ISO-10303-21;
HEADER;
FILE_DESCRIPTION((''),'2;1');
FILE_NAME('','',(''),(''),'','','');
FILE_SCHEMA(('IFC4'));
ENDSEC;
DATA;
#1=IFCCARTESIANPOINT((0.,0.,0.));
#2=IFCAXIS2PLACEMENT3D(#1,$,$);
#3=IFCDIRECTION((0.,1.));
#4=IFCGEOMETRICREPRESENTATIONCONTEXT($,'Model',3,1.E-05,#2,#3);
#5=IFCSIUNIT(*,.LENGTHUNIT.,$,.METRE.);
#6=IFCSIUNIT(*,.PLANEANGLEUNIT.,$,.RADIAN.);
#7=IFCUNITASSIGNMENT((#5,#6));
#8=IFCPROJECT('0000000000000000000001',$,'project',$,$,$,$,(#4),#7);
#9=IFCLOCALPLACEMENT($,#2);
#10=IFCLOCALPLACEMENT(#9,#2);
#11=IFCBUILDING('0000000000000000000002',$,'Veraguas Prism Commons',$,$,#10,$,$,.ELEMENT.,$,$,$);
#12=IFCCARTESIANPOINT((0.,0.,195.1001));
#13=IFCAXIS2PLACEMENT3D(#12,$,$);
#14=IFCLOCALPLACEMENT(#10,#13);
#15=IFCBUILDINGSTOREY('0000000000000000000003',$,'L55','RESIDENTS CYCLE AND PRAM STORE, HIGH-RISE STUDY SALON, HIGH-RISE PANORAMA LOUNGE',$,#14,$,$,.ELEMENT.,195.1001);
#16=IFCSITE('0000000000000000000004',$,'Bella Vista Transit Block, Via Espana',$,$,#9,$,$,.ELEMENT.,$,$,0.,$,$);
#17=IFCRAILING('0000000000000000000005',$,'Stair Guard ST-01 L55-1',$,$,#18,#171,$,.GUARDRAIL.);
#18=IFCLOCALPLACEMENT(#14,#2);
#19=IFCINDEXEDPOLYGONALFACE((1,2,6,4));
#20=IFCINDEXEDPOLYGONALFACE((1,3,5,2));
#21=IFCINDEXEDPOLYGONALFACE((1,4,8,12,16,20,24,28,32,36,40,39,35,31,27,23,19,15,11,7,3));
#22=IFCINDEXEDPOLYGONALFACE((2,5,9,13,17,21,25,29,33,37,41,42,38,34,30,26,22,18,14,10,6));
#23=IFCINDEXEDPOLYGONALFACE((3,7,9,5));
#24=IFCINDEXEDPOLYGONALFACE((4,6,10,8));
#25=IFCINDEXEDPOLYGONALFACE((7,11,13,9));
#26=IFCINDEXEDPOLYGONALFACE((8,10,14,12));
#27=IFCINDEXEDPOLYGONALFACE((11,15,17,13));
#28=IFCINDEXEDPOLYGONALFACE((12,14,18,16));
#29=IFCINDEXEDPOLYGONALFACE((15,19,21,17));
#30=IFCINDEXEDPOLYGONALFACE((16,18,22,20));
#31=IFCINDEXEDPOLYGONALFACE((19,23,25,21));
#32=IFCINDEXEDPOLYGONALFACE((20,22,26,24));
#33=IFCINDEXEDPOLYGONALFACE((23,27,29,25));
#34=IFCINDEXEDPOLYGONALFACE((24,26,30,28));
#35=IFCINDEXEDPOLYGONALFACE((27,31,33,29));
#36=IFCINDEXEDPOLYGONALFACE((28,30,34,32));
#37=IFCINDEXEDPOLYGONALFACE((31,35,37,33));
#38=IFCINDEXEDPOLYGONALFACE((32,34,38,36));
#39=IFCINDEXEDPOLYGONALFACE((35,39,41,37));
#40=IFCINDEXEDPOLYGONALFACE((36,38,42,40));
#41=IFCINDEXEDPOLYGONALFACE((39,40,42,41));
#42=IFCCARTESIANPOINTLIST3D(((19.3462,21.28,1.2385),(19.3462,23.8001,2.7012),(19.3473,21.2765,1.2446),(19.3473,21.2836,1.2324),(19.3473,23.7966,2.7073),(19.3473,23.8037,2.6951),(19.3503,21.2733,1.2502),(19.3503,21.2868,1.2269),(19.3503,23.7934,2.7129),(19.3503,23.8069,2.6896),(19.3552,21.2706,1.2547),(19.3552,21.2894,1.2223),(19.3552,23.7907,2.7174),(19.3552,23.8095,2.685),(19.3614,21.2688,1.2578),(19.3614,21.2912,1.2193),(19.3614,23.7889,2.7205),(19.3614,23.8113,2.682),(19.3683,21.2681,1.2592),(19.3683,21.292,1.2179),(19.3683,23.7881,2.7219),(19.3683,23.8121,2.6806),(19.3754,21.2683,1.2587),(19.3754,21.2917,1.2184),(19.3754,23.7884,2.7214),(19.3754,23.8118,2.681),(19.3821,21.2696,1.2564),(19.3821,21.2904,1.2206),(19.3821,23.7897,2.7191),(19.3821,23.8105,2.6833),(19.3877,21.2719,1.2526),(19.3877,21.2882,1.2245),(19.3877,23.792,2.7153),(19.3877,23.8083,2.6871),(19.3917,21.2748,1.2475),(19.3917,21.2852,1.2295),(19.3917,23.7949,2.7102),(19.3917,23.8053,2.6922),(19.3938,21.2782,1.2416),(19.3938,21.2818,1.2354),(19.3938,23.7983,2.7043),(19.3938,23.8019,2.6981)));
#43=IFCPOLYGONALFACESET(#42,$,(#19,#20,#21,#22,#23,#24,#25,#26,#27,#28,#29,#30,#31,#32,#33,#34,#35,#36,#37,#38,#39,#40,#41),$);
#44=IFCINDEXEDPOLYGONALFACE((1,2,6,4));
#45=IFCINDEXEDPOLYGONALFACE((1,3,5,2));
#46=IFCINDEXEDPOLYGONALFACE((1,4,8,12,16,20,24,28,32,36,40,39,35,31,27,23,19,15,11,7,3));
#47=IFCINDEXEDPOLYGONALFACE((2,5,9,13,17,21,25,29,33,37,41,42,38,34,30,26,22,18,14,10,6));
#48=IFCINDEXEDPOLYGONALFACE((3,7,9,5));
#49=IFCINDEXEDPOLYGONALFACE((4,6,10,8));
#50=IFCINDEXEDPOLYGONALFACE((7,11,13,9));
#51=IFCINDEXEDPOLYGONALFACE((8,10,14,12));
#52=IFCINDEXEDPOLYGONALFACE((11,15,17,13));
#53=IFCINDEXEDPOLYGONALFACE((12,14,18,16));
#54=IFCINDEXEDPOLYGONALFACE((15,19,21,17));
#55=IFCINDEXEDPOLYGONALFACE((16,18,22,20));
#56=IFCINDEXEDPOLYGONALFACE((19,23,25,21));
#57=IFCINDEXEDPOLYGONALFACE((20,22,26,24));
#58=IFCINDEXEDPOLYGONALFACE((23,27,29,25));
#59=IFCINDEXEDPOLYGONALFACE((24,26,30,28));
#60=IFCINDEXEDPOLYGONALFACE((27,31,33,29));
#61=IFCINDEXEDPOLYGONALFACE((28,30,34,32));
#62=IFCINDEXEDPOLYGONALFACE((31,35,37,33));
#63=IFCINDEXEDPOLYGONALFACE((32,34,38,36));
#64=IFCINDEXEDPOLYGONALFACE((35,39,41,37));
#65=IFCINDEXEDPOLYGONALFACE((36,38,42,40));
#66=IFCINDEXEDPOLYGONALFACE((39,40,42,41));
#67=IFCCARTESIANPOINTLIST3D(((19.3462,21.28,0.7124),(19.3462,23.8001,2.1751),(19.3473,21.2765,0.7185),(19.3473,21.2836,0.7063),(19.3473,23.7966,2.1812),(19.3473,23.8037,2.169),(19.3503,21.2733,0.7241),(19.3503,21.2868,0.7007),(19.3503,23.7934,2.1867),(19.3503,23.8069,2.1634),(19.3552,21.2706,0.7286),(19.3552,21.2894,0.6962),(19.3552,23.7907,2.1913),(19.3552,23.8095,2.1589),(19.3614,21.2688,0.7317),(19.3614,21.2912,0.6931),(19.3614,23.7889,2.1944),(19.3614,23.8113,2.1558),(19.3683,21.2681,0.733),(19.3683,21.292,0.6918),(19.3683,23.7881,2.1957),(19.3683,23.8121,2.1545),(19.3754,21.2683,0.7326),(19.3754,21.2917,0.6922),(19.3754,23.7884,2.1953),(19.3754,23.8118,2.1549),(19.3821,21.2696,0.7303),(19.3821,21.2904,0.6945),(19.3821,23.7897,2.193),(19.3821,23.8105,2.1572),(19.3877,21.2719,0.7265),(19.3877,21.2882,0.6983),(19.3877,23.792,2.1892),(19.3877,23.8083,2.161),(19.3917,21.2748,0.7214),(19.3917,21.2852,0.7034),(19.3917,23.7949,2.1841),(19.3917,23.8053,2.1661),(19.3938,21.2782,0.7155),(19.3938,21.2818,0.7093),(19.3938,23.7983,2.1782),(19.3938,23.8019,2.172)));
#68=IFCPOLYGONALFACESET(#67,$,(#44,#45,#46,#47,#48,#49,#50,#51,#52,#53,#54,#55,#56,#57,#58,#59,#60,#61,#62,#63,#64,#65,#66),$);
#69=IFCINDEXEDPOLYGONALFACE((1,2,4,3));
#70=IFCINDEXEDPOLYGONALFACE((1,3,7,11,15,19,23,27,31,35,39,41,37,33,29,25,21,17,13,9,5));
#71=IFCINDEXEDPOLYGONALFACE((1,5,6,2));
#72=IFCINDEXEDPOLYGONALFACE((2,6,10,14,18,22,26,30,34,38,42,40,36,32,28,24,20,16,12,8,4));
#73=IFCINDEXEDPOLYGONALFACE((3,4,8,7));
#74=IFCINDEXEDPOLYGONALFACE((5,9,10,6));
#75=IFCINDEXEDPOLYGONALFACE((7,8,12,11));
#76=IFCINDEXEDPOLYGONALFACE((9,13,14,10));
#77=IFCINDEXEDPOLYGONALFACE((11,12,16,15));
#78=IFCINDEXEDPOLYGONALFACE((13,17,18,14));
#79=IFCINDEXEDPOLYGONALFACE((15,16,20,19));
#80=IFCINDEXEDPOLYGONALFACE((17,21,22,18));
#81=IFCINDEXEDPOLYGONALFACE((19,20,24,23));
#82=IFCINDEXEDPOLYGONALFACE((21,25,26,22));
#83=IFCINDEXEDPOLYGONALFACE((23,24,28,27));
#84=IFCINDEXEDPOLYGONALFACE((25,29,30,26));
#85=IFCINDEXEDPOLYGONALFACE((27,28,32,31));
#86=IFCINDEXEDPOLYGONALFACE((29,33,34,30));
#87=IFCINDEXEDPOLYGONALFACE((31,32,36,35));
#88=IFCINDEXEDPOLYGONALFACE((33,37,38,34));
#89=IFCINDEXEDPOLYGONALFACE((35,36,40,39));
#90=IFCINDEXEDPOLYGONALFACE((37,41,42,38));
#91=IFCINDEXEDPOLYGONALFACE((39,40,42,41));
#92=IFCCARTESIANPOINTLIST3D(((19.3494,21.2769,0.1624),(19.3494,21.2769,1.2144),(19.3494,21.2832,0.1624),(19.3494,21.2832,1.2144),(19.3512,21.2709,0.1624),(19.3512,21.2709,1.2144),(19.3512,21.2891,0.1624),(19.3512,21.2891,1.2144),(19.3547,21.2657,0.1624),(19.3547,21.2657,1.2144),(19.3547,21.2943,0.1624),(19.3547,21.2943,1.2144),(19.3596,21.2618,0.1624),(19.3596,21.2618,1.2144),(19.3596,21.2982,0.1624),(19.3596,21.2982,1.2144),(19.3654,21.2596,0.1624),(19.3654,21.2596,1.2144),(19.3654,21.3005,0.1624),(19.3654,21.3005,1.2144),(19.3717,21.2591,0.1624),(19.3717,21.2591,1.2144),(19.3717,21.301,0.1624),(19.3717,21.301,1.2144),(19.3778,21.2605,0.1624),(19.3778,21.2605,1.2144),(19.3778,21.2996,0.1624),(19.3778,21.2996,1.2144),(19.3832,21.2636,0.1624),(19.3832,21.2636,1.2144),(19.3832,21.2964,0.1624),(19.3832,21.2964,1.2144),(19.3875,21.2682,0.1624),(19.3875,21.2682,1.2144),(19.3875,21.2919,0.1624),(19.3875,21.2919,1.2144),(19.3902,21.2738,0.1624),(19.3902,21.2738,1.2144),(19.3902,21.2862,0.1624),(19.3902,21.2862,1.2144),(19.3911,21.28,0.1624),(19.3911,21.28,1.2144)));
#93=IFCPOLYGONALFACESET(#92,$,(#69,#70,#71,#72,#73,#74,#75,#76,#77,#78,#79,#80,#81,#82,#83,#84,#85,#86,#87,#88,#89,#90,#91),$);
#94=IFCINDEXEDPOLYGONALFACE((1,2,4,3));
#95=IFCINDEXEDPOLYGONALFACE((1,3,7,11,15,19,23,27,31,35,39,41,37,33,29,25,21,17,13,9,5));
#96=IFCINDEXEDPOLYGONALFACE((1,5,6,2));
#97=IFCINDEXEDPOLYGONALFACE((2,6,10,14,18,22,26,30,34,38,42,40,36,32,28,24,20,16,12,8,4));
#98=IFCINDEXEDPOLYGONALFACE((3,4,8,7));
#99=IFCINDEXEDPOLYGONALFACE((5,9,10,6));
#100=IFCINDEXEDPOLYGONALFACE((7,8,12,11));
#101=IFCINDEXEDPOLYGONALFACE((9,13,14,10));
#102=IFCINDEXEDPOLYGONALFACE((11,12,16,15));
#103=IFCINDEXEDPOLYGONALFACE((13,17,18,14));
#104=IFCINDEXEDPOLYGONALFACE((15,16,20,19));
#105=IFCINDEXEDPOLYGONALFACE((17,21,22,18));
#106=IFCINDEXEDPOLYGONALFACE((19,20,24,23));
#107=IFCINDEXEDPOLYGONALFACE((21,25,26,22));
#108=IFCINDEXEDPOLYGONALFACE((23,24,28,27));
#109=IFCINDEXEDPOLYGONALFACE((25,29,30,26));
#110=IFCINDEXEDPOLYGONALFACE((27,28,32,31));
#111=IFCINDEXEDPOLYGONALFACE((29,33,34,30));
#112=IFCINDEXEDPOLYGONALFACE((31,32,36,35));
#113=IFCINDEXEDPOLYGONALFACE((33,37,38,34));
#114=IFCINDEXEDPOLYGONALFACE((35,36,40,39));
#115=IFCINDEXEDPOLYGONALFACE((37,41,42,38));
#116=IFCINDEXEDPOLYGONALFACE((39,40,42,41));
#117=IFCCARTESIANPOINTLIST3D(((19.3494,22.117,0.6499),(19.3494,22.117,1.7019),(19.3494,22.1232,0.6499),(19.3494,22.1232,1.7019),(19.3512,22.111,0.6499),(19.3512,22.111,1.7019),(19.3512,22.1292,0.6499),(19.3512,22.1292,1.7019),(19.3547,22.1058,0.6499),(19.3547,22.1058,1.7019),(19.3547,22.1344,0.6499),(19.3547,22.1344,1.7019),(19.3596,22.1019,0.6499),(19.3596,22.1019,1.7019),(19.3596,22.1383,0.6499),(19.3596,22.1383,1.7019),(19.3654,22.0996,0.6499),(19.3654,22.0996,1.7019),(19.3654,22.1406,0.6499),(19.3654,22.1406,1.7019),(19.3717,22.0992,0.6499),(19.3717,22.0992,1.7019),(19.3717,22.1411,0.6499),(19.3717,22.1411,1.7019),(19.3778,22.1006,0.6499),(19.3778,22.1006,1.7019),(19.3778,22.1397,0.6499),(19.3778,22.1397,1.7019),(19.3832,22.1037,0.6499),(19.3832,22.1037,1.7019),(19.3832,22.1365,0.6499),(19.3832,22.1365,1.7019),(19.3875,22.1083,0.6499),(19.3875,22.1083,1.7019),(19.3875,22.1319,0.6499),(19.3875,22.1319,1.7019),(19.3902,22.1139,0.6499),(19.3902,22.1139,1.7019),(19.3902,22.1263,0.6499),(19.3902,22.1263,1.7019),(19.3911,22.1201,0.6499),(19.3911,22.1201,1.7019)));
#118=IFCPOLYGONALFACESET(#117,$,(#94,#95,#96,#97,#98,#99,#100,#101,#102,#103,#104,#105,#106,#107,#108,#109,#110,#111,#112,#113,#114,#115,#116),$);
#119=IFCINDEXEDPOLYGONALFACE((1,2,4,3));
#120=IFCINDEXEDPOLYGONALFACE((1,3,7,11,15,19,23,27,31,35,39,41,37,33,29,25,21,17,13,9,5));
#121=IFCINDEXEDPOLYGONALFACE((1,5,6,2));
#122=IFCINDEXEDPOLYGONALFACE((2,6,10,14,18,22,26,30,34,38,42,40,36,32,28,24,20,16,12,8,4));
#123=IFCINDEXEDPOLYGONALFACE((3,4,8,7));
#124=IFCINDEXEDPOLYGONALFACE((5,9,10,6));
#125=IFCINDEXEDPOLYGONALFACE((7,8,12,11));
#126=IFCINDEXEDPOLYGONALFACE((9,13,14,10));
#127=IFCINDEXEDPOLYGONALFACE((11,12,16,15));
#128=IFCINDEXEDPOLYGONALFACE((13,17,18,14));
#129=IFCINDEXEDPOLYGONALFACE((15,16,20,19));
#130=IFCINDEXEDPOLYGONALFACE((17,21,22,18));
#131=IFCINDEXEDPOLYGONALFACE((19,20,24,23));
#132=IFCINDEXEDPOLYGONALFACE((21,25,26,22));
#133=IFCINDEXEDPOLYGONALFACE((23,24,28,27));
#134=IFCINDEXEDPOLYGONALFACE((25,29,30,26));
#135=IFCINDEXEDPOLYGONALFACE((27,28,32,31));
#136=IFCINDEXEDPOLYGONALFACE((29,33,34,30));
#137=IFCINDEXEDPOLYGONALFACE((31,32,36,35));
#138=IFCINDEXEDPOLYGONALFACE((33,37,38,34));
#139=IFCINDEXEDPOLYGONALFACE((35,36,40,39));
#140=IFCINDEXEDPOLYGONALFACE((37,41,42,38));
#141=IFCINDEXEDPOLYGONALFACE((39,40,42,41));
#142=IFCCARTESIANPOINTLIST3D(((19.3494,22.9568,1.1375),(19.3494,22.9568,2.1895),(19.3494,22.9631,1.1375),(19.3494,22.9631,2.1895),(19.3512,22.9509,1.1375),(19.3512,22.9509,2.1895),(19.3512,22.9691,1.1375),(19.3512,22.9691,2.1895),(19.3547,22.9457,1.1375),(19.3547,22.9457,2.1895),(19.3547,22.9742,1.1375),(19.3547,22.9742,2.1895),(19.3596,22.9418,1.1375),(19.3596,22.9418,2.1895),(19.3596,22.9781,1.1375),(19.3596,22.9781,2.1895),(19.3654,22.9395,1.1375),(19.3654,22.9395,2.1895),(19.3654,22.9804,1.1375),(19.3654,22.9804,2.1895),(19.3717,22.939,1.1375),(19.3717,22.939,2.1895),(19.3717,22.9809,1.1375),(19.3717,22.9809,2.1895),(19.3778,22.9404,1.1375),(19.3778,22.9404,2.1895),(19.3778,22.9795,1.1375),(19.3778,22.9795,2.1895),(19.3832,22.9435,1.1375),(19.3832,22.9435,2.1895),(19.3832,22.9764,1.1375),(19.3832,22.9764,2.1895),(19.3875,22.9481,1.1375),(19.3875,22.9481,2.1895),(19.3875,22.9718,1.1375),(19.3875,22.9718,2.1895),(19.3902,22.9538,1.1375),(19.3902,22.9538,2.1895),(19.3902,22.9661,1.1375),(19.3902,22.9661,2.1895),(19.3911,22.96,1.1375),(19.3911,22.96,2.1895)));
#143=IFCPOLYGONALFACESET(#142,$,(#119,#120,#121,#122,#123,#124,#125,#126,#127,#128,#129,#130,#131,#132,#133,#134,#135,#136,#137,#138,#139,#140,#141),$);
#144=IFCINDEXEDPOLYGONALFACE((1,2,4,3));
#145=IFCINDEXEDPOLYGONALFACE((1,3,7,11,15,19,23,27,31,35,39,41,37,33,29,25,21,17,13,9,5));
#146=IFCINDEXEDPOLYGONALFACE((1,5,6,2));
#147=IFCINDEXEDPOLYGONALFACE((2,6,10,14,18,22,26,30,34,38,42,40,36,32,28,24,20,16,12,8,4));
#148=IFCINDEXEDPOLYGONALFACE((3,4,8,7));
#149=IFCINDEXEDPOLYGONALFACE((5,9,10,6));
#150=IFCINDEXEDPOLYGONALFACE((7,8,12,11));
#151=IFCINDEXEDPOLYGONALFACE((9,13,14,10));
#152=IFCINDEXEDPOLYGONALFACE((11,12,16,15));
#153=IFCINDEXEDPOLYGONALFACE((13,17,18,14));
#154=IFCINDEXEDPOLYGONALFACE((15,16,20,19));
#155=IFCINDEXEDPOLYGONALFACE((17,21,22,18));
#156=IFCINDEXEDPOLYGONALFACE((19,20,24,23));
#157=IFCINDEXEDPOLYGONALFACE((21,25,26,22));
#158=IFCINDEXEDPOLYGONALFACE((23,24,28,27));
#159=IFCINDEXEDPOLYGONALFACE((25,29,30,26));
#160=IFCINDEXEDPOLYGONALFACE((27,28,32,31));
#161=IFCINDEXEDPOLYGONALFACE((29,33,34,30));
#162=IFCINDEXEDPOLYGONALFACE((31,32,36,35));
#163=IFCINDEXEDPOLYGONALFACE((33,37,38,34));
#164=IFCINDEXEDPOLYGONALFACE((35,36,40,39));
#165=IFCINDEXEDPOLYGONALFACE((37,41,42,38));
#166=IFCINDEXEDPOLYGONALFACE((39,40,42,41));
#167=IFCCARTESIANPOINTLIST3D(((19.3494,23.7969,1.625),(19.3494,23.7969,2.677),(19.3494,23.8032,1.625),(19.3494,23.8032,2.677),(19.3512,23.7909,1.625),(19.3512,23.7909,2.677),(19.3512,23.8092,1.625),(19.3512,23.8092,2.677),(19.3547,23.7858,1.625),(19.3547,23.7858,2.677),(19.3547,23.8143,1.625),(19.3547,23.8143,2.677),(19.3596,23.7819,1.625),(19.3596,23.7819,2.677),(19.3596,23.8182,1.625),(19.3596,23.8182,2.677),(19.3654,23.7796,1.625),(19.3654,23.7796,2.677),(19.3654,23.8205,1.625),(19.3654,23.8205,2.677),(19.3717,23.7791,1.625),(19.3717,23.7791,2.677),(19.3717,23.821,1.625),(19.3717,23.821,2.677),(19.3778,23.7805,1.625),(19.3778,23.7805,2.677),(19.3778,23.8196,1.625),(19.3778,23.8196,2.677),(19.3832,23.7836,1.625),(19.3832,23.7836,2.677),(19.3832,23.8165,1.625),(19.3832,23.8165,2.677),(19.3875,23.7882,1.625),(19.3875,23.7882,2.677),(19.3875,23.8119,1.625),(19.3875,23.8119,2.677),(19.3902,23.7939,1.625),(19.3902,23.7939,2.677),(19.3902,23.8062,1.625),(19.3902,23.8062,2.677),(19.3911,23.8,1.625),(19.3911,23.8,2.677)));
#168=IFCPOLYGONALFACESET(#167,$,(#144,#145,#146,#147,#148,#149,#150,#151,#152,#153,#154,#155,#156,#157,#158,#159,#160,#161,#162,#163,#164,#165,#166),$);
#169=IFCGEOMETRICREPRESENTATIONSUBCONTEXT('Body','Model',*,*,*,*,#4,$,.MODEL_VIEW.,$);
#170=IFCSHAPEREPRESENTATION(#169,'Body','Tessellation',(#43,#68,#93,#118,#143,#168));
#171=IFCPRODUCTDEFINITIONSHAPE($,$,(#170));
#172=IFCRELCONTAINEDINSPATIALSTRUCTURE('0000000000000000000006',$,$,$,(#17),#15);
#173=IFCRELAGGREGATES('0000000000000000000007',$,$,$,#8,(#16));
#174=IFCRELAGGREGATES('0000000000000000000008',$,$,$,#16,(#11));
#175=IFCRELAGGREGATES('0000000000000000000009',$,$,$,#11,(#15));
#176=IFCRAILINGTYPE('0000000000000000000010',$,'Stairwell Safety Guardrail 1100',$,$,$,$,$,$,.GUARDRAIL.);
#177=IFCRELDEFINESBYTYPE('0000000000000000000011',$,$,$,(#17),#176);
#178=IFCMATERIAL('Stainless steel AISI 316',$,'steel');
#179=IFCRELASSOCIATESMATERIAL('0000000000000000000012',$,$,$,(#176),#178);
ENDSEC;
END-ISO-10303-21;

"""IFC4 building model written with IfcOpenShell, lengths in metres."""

from ifc_helpers import new_model, si_unit, direction, frame, origin, origin_2d, place, context, subcontext, project, spatial, circle, extrude, material, type_object, element, save


model = new_model("IFC4")

# Units and contexts
model_context = context("Model", 3, precision=1e-05, world=origin(), true_north=direction((0.0, 1.0)))
body_context = subcontext(model_context, "Body", "Model", "MODEL_VIEW")
ifc_project = project(units=[si_unit("LENGTHUNIT", "METRE"), si_unit("PLANEANGLEUNIT", "RADIAN")], contexts=[model_context])

# Site, building, storey
site_placement = place(None, origin())
site = spatial("IfcSite", under=ifc_project, at=site_placement, Name="Bella Vista Transit Block, Via Espana", CompositionType="ELEMENT", RefElevation=0.0)
building_placement = place(site_placement, origin())
building = spatial("IfcBuilding", under=site, at=building_placement, Name="Veraguas Prism Commons", CompositionType="ELEMENT")
storey_placement = place(building_placement, frame((0.0, 0.0, 195.1001)))
storey = spatial("IfcBuildingStorey", under=building, at=storey_placement, Name="L55", Description="RESIDENTS CYCLE AND PRAM STORE, HIGH-RISE STUDY SALON, HIGH-RISE PANORAMA LOUNGE", CompositionType="ELEMENT", Elevation=195.1001)

# Railing
ifc_material_1 = material(Name="Stainless steel AISI 316", Category="steel")
railing_type_1 = type_object("IfcRailingType", Name="Stairwell Safety Guardrail 1100", PredefinedType="GUARDRAIL", material=ifc_material_1)
railing_1_placement = place(storey_placement, frame((19.3701, 21.28, 0.1624)))
element("IfcRailing", 1, at=railing_1_placement, inside=storey, type_object=railing_type_1, Name="Stair Guard ST-01 L55-1", PredefinedType="GUARDRAIL", context=body_context, shape_type="SweptSolid", body=[
    extrude(circle(Radius=0.0239, at=origin_2d()), frame((0.0, 0.0, 1.0762), z_axis=(0.0, 0.864877, 0.501984), x_axis=(-1.0, 0.0, 0.0)), (0.0, 0.0, 1.0), 2.9138),
    extrude(circle(Radius=0.0239, at=origin_2d()), frame((0.0, 0.0, 0.55), z_axis=(0.0, 0.864877, 0.501984), x_axis=(-1.0, 0.0, 0.0)), (0.0, 0.0, 1.0), 2.9138),
    extrude(circle(Radius=0.021, at=origin_2d()), origin(), (0.0, 0.0, 1.0), 1.052),
    extrude(circle(Radius=0.021, at=origin_2d()), frame((0.0, 0.8401, 0.4875)), (0.0, 0.0, 1.0), 1.052),
    extrude(circle(Radius=0.021, at=origin_2d()), frame((0.0, 1.6799, 0.9751)), (0.0, 0.0, 1.0), 1.052),
    extrude(circle(Radius=0.021, at=origin_2d()), frame((0.0, 2.52, 1.4626)), (0.0, 0.0, 1.0), 1.052),
])

save(model, "model.ifc")
